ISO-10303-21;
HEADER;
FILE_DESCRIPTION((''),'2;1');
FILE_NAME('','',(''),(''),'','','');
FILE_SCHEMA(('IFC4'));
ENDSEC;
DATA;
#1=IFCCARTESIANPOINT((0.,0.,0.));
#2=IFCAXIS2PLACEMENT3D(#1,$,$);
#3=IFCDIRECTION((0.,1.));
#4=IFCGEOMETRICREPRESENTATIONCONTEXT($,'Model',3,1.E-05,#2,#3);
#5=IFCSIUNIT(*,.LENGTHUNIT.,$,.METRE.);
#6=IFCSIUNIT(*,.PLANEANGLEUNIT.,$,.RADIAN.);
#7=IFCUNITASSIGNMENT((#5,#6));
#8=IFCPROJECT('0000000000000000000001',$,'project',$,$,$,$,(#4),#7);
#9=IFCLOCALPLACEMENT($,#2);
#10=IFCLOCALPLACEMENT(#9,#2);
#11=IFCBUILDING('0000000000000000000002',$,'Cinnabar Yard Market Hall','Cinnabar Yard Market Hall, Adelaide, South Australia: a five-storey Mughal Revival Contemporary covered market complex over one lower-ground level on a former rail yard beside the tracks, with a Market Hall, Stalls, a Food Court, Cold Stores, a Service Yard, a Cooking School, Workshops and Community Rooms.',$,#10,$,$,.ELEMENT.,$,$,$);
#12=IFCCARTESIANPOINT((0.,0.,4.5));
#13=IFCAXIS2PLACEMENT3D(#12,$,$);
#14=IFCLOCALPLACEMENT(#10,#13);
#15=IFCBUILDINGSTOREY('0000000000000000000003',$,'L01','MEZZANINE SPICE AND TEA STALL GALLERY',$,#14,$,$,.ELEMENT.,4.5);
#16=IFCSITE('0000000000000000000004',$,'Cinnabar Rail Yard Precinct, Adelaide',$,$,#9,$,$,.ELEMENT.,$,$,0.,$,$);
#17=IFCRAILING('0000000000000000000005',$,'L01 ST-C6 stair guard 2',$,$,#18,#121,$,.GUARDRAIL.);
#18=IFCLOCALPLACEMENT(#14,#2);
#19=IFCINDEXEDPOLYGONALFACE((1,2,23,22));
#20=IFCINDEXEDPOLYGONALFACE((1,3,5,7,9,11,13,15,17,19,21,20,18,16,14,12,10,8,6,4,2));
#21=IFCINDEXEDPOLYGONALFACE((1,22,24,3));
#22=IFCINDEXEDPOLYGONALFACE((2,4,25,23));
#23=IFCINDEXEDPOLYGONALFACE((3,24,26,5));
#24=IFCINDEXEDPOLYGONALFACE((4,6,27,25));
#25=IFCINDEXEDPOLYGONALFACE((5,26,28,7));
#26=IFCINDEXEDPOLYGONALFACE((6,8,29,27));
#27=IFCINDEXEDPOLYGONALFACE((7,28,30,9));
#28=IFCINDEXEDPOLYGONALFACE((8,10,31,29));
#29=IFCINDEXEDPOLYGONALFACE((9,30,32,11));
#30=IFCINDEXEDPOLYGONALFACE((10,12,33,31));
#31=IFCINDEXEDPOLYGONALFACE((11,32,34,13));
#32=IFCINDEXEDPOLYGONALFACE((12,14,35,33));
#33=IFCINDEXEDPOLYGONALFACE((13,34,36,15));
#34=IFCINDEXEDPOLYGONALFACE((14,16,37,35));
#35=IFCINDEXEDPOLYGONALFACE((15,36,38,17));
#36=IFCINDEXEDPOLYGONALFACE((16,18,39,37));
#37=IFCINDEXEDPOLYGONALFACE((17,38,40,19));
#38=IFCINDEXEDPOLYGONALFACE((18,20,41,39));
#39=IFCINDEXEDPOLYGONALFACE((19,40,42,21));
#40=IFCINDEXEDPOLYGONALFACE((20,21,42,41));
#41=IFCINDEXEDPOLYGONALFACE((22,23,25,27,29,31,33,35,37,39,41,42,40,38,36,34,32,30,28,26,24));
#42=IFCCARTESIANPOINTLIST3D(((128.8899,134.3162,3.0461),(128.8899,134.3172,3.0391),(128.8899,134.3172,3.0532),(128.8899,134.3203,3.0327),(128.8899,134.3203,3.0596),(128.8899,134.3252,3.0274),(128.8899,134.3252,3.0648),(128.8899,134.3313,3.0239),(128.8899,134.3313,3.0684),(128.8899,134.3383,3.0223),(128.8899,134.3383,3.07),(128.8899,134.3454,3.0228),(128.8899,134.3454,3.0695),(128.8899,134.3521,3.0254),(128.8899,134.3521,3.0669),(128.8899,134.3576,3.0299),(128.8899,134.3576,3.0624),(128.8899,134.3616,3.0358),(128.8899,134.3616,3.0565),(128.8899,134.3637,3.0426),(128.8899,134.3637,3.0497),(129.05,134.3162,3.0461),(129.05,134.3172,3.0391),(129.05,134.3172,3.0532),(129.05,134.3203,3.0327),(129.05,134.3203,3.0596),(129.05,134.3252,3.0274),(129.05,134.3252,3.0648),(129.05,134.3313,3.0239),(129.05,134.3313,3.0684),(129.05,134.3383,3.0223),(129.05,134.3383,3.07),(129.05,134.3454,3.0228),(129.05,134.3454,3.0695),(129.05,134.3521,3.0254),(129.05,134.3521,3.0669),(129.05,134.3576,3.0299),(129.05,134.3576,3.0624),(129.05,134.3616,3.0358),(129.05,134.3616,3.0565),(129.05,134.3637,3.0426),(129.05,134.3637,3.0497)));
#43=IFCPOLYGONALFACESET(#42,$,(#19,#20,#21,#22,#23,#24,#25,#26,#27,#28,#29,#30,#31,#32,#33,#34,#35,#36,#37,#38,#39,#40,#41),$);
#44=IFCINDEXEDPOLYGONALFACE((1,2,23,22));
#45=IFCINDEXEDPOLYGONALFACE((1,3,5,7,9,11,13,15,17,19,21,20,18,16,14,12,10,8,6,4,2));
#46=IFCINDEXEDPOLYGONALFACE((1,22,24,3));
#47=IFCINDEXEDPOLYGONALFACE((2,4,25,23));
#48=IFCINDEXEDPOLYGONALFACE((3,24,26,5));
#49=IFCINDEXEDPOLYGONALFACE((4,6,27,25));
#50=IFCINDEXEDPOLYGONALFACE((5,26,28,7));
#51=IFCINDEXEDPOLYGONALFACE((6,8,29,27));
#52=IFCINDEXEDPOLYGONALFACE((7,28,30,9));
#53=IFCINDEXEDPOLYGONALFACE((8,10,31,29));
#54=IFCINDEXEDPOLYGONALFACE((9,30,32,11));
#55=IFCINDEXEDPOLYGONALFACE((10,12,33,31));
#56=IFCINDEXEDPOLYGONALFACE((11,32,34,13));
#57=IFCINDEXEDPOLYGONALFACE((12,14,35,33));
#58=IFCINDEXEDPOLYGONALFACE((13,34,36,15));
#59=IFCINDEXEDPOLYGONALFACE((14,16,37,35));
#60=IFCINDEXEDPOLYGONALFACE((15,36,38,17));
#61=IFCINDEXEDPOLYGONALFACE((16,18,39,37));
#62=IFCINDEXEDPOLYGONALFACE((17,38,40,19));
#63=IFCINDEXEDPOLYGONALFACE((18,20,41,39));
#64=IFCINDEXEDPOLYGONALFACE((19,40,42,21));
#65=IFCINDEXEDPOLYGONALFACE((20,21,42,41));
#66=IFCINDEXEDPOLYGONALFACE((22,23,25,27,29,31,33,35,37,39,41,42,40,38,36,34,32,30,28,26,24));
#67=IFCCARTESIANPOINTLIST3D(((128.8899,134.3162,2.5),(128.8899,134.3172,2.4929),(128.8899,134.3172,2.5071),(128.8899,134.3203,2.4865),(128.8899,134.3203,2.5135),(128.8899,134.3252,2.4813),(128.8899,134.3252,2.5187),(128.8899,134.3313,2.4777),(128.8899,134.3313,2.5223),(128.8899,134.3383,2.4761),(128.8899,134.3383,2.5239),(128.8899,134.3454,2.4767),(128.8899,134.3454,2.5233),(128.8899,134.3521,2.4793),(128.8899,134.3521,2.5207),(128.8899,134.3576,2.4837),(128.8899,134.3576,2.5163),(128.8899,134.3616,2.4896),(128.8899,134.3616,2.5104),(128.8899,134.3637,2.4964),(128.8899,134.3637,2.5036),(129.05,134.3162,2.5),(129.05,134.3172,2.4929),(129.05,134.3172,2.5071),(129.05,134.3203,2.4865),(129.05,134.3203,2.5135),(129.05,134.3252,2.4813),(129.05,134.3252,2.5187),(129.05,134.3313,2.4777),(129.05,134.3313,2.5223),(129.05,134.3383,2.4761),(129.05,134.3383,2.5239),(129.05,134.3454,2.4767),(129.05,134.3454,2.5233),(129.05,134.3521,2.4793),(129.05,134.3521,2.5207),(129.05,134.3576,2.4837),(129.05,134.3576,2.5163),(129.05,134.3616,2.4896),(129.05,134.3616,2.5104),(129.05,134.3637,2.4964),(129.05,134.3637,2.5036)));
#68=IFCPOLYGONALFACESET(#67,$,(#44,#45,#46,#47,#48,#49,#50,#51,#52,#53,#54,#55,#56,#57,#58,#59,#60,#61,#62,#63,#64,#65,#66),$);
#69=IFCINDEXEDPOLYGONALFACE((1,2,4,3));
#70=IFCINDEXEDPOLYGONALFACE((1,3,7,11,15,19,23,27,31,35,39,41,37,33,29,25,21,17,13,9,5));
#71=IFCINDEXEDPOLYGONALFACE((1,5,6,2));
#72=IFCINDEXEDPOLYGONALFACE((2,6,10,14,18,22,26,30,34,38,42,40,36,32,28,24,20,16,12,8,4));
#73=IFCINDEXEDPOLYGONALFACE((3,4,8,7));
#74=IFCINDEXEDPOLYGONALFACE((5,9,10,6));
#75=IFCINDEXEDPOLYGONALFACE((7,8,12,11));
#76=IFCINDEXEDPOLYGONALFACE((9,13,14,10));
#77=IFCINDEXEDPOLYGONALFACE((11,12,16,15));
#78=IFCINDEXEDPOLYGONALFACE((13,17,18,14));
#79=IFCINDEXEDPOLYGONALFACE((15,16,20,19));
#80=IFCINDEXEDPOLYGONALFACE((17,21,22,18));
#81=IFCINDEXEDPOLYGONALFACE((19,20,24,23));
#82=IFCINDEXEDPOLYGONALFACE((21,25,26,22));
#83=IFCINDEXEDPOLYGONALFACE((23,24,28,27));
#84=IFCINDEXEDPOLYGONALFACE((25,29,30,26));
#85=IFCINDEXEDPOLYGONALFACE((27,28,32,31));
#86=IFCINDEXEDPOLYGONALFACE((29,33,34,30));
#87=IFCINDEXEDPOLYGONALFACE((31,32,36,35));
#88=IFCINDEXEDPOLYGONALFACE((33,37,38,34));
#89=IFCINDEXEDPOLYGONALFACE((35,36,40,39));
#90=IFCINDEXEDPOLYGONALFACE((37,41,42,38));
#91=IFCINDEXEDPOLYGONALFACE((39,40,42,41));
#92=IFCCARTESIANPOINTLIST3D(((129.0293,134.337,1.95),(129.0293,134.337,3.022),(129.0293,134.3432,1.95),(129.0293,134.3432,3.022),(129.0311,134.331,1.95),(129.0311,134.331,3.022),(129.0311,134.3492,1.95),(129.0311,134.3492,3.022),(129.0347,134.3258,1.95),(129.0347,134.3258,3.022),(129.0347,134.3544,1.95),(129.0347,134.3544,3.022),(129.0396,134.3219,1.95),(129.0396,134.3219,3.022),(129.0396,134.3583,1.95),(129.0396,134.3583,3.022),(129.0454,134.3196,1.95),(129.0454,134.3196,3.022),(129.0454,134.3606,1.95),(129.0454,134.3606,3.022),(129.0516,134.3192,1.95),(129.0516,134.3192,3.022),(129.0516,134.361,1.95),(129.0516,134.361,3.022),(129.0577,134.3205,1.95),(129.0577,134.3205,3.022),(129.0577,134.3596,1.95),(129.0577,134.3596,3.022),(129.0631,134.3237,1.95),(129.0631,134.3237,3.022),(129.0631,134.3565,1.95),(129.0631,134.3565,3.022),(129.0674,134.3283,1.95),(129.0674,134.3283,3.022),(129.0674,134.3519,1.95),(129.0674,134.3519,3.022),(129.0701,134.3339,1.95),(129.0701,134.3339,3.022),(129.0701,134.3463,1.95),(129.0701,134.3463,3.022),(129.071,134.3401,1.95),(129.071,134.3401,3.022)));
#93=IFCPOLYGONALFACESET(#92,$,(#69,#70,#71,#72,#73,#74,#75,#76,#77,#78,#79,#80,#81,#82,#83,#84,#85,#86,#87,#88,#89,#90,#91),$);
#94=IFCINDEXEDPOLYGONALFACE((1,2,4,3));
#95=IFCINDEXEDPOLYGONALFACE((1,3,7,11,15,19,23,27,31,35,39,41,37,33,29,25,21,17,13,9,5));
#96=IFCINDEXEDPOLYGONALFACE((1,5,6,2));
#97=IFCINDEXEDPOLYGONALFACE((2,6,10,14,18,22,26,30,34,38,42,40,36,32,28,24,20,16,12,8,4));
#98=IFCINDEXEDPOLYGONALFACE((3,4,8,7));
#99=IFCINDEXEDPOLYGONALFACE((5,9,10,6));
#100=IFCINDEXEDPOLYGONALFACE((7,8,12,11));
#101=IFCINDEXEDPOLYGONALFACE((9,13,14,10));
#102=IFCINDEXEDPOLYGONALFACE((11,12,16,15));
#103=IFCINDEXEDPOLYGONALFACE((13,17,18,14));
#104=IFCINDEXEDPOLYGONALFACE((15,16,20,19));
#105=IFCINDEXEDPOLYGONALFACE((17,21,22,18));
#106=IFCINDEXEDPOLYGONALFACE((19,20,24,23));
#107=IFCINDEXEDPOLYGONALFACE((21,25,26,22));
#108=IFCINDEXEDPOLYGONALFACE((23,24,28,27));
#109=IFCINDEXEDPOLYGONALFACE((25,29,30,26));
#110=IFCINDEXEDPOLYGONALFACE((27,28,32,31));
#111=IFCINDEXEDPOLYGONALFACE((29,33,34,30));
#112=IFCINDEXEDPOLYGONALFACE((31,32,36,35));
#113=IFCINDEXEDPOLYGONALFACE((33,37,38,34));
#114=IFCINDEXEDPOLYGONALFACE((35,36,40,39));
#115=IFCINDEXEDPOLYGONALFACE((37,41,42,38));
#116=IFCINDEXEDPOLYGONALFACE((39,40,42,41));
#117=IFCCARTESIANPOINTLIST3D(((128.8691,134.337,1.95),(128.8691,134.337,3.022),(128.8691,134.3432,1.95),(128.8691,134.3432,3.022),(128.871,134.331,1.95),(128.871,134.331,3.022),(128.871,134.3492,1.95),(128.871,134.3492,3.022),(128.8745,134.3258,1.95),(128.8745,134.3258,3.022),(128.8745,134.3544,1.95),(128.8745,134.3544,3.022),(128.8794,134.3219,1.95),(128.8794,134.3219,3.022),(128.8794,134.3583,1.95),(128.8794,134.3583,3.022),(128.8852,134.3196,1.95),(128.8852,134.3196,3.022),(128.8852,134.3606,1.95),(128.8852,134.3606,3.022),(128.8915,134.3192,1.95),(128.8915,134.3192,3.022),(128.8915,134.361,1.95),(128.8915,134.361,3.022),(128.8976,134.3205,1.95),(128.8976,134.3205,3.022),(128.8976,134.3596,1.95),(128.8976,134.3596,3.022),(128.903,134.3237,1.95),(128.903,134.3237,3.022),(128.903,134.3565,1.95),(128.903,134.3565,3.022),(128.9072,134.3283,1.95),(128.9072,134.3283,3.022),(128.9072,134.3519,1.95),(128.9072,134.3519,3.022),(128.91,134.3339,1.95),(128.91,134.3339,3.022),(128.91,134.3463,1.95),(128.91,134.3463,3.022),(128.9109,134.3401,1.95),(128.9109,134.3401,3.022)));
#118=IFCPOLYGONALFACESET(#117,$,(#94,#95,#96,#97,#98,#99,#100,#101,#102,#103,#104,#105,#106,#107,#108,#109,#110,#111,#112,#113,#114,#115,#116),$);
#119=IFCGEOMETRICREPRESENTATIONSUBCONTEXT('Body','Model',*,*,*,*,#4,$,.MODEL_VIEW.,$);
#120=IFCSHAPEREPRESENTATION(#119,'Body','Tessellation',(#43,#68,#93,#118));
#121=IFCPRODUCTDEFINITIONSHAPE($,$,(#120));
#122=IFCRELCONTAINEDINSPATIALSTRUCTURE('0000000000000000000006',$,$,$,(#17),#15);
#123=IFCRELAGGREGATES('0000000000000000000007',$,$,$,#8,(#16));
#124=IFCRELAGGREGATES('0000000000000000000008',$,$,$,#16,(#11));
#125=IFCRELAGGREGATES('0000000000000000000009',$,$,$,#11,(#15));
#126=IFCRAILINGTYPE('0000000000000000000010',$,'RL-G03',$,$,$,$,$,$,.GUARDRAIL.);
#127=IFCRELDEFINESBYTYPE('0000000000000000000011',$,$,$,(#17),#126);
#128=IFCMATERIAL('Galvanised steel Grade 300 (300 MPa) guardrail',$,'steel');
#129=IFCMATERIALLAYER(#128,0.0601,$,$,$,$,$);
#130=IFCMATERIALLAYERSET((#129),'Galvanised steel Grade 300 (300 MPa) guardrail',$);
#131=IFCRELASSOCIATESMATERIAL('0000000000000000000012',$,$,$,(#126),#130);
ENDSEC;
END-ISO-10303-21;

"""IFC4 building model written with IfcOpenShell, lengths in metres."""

from ifc_helpers import new_model, si_unit, direction, frame, origin, origin_2d_with_axis, place, context, subcontext, project, spatial, circle, extrude, material, layer, layer_set, type_object, element, save


model = new_model("IFC4")

# Units and contexts
model_context = context("Model", 3, precision=1e-05, world=origin(), true_north=direction((0.0, 1.0)))
body_context = subcontext(model_context, "Body", "Model", "MODEL_VIEW")
ifc_project = project(units=[si_unit("LENGTHUNIT", "METRE"), si_unit("PLANEANGLEUNIT", "RADIAN")], contexts=[model_context])

# Site, building, storey
site_placement = place(None, origin())
site = spatial("IfcSite", under=ifc_project, at=site_placement, Name="Cinnabar Rail Yard Precinct, Adelaide", CompositionType="ELEMENT", RefElevation=0.0)
building_placement = place(site_placement, origin())
building = spatial("IfcBuilding", under=site, at=building_placement, Name="Cinnabar Yard Market Hall", Description="Cinnabar Yard Market Hall, Adelaide, South Australia: a five-storey Mughal Revival Contemporary covered market complex over one lower-ground level on a former rail yard beside the tracks, with a Market Hall, Stalls, a Food Court, Cold Stores, a Service Yard, a Cooking School, Workshops and Community Rooms.", CompositionType="ELEMENT")
storey_placement = place(building_placement, frame((0.0, 0.0, 4.5)))
storey = spatial("IfcBuildingStorey", under=building, at=storey_placement, Name="L01", Description="MEZZANINE SPICE AND TEA STALL GALLERY", CompositionType="ELEMENT", Elevation=4.5)

# Railing
ifc_material_1 = material(Name="Galvanised steel Grade 300 (300 MPa) guardrail", Category="steel")
ifc_layer_1 = layer(ifc_material_1, 0.0601)
ifc_layer_set_1 = layer_set([ifc_layer_1], Name="Galvanised steel Grade 300 (300 MPa) guardrail")
railing_type_1 = type_object("IfcRailingType", Name="RL-G03", PredefinedType="GUARDRAIL", material=ifc_layer_set_1)
railing_1_placement = place(storey_placement, frame((129.05, 134.3401, 1.95)))
element("IfcRailing", 1, at=railing_1_placement, inside=storey, type_object=railing_type_1, Name="L01 ST-C6 stair guard 2", PredefinedType="GUARDRAIL", context=body_context, shape_type="SweptSolid", body=[
    extrude(circle(Radius=0.0239, at=origin_2d_with_axis()), frame((0.0, 0.0, 1.0962), z_axis=(-1.0, 0.0, 0.0), x_axis=(0.0, -1.0, 0.0)), (0.0, 0.0, 1.0), 0.1602),
    extrude(circle(Radius=0.0239, at=origin_2d_with_axis()), frame((0.0, 0.0, 0.55), z_axis=(-1.0, 0.0, 0.0), x_axis=(0.0, -1.0, 0.0)), (0.0, 0.0, 1.0), 0.1602),
    extrude(circle(Radius=0.021, at=origin_2d_with_axis()), origin(), (0.0, 0.0, 1.0), 1.072),
    extrude(circle(Radius=0.021, at=origin_2d_with_axis()), frame((-0.1602, 0.0, 0.0)), (0.0, 0.0, 1.0), 1.072),
])

save(model, "model.ifc")
